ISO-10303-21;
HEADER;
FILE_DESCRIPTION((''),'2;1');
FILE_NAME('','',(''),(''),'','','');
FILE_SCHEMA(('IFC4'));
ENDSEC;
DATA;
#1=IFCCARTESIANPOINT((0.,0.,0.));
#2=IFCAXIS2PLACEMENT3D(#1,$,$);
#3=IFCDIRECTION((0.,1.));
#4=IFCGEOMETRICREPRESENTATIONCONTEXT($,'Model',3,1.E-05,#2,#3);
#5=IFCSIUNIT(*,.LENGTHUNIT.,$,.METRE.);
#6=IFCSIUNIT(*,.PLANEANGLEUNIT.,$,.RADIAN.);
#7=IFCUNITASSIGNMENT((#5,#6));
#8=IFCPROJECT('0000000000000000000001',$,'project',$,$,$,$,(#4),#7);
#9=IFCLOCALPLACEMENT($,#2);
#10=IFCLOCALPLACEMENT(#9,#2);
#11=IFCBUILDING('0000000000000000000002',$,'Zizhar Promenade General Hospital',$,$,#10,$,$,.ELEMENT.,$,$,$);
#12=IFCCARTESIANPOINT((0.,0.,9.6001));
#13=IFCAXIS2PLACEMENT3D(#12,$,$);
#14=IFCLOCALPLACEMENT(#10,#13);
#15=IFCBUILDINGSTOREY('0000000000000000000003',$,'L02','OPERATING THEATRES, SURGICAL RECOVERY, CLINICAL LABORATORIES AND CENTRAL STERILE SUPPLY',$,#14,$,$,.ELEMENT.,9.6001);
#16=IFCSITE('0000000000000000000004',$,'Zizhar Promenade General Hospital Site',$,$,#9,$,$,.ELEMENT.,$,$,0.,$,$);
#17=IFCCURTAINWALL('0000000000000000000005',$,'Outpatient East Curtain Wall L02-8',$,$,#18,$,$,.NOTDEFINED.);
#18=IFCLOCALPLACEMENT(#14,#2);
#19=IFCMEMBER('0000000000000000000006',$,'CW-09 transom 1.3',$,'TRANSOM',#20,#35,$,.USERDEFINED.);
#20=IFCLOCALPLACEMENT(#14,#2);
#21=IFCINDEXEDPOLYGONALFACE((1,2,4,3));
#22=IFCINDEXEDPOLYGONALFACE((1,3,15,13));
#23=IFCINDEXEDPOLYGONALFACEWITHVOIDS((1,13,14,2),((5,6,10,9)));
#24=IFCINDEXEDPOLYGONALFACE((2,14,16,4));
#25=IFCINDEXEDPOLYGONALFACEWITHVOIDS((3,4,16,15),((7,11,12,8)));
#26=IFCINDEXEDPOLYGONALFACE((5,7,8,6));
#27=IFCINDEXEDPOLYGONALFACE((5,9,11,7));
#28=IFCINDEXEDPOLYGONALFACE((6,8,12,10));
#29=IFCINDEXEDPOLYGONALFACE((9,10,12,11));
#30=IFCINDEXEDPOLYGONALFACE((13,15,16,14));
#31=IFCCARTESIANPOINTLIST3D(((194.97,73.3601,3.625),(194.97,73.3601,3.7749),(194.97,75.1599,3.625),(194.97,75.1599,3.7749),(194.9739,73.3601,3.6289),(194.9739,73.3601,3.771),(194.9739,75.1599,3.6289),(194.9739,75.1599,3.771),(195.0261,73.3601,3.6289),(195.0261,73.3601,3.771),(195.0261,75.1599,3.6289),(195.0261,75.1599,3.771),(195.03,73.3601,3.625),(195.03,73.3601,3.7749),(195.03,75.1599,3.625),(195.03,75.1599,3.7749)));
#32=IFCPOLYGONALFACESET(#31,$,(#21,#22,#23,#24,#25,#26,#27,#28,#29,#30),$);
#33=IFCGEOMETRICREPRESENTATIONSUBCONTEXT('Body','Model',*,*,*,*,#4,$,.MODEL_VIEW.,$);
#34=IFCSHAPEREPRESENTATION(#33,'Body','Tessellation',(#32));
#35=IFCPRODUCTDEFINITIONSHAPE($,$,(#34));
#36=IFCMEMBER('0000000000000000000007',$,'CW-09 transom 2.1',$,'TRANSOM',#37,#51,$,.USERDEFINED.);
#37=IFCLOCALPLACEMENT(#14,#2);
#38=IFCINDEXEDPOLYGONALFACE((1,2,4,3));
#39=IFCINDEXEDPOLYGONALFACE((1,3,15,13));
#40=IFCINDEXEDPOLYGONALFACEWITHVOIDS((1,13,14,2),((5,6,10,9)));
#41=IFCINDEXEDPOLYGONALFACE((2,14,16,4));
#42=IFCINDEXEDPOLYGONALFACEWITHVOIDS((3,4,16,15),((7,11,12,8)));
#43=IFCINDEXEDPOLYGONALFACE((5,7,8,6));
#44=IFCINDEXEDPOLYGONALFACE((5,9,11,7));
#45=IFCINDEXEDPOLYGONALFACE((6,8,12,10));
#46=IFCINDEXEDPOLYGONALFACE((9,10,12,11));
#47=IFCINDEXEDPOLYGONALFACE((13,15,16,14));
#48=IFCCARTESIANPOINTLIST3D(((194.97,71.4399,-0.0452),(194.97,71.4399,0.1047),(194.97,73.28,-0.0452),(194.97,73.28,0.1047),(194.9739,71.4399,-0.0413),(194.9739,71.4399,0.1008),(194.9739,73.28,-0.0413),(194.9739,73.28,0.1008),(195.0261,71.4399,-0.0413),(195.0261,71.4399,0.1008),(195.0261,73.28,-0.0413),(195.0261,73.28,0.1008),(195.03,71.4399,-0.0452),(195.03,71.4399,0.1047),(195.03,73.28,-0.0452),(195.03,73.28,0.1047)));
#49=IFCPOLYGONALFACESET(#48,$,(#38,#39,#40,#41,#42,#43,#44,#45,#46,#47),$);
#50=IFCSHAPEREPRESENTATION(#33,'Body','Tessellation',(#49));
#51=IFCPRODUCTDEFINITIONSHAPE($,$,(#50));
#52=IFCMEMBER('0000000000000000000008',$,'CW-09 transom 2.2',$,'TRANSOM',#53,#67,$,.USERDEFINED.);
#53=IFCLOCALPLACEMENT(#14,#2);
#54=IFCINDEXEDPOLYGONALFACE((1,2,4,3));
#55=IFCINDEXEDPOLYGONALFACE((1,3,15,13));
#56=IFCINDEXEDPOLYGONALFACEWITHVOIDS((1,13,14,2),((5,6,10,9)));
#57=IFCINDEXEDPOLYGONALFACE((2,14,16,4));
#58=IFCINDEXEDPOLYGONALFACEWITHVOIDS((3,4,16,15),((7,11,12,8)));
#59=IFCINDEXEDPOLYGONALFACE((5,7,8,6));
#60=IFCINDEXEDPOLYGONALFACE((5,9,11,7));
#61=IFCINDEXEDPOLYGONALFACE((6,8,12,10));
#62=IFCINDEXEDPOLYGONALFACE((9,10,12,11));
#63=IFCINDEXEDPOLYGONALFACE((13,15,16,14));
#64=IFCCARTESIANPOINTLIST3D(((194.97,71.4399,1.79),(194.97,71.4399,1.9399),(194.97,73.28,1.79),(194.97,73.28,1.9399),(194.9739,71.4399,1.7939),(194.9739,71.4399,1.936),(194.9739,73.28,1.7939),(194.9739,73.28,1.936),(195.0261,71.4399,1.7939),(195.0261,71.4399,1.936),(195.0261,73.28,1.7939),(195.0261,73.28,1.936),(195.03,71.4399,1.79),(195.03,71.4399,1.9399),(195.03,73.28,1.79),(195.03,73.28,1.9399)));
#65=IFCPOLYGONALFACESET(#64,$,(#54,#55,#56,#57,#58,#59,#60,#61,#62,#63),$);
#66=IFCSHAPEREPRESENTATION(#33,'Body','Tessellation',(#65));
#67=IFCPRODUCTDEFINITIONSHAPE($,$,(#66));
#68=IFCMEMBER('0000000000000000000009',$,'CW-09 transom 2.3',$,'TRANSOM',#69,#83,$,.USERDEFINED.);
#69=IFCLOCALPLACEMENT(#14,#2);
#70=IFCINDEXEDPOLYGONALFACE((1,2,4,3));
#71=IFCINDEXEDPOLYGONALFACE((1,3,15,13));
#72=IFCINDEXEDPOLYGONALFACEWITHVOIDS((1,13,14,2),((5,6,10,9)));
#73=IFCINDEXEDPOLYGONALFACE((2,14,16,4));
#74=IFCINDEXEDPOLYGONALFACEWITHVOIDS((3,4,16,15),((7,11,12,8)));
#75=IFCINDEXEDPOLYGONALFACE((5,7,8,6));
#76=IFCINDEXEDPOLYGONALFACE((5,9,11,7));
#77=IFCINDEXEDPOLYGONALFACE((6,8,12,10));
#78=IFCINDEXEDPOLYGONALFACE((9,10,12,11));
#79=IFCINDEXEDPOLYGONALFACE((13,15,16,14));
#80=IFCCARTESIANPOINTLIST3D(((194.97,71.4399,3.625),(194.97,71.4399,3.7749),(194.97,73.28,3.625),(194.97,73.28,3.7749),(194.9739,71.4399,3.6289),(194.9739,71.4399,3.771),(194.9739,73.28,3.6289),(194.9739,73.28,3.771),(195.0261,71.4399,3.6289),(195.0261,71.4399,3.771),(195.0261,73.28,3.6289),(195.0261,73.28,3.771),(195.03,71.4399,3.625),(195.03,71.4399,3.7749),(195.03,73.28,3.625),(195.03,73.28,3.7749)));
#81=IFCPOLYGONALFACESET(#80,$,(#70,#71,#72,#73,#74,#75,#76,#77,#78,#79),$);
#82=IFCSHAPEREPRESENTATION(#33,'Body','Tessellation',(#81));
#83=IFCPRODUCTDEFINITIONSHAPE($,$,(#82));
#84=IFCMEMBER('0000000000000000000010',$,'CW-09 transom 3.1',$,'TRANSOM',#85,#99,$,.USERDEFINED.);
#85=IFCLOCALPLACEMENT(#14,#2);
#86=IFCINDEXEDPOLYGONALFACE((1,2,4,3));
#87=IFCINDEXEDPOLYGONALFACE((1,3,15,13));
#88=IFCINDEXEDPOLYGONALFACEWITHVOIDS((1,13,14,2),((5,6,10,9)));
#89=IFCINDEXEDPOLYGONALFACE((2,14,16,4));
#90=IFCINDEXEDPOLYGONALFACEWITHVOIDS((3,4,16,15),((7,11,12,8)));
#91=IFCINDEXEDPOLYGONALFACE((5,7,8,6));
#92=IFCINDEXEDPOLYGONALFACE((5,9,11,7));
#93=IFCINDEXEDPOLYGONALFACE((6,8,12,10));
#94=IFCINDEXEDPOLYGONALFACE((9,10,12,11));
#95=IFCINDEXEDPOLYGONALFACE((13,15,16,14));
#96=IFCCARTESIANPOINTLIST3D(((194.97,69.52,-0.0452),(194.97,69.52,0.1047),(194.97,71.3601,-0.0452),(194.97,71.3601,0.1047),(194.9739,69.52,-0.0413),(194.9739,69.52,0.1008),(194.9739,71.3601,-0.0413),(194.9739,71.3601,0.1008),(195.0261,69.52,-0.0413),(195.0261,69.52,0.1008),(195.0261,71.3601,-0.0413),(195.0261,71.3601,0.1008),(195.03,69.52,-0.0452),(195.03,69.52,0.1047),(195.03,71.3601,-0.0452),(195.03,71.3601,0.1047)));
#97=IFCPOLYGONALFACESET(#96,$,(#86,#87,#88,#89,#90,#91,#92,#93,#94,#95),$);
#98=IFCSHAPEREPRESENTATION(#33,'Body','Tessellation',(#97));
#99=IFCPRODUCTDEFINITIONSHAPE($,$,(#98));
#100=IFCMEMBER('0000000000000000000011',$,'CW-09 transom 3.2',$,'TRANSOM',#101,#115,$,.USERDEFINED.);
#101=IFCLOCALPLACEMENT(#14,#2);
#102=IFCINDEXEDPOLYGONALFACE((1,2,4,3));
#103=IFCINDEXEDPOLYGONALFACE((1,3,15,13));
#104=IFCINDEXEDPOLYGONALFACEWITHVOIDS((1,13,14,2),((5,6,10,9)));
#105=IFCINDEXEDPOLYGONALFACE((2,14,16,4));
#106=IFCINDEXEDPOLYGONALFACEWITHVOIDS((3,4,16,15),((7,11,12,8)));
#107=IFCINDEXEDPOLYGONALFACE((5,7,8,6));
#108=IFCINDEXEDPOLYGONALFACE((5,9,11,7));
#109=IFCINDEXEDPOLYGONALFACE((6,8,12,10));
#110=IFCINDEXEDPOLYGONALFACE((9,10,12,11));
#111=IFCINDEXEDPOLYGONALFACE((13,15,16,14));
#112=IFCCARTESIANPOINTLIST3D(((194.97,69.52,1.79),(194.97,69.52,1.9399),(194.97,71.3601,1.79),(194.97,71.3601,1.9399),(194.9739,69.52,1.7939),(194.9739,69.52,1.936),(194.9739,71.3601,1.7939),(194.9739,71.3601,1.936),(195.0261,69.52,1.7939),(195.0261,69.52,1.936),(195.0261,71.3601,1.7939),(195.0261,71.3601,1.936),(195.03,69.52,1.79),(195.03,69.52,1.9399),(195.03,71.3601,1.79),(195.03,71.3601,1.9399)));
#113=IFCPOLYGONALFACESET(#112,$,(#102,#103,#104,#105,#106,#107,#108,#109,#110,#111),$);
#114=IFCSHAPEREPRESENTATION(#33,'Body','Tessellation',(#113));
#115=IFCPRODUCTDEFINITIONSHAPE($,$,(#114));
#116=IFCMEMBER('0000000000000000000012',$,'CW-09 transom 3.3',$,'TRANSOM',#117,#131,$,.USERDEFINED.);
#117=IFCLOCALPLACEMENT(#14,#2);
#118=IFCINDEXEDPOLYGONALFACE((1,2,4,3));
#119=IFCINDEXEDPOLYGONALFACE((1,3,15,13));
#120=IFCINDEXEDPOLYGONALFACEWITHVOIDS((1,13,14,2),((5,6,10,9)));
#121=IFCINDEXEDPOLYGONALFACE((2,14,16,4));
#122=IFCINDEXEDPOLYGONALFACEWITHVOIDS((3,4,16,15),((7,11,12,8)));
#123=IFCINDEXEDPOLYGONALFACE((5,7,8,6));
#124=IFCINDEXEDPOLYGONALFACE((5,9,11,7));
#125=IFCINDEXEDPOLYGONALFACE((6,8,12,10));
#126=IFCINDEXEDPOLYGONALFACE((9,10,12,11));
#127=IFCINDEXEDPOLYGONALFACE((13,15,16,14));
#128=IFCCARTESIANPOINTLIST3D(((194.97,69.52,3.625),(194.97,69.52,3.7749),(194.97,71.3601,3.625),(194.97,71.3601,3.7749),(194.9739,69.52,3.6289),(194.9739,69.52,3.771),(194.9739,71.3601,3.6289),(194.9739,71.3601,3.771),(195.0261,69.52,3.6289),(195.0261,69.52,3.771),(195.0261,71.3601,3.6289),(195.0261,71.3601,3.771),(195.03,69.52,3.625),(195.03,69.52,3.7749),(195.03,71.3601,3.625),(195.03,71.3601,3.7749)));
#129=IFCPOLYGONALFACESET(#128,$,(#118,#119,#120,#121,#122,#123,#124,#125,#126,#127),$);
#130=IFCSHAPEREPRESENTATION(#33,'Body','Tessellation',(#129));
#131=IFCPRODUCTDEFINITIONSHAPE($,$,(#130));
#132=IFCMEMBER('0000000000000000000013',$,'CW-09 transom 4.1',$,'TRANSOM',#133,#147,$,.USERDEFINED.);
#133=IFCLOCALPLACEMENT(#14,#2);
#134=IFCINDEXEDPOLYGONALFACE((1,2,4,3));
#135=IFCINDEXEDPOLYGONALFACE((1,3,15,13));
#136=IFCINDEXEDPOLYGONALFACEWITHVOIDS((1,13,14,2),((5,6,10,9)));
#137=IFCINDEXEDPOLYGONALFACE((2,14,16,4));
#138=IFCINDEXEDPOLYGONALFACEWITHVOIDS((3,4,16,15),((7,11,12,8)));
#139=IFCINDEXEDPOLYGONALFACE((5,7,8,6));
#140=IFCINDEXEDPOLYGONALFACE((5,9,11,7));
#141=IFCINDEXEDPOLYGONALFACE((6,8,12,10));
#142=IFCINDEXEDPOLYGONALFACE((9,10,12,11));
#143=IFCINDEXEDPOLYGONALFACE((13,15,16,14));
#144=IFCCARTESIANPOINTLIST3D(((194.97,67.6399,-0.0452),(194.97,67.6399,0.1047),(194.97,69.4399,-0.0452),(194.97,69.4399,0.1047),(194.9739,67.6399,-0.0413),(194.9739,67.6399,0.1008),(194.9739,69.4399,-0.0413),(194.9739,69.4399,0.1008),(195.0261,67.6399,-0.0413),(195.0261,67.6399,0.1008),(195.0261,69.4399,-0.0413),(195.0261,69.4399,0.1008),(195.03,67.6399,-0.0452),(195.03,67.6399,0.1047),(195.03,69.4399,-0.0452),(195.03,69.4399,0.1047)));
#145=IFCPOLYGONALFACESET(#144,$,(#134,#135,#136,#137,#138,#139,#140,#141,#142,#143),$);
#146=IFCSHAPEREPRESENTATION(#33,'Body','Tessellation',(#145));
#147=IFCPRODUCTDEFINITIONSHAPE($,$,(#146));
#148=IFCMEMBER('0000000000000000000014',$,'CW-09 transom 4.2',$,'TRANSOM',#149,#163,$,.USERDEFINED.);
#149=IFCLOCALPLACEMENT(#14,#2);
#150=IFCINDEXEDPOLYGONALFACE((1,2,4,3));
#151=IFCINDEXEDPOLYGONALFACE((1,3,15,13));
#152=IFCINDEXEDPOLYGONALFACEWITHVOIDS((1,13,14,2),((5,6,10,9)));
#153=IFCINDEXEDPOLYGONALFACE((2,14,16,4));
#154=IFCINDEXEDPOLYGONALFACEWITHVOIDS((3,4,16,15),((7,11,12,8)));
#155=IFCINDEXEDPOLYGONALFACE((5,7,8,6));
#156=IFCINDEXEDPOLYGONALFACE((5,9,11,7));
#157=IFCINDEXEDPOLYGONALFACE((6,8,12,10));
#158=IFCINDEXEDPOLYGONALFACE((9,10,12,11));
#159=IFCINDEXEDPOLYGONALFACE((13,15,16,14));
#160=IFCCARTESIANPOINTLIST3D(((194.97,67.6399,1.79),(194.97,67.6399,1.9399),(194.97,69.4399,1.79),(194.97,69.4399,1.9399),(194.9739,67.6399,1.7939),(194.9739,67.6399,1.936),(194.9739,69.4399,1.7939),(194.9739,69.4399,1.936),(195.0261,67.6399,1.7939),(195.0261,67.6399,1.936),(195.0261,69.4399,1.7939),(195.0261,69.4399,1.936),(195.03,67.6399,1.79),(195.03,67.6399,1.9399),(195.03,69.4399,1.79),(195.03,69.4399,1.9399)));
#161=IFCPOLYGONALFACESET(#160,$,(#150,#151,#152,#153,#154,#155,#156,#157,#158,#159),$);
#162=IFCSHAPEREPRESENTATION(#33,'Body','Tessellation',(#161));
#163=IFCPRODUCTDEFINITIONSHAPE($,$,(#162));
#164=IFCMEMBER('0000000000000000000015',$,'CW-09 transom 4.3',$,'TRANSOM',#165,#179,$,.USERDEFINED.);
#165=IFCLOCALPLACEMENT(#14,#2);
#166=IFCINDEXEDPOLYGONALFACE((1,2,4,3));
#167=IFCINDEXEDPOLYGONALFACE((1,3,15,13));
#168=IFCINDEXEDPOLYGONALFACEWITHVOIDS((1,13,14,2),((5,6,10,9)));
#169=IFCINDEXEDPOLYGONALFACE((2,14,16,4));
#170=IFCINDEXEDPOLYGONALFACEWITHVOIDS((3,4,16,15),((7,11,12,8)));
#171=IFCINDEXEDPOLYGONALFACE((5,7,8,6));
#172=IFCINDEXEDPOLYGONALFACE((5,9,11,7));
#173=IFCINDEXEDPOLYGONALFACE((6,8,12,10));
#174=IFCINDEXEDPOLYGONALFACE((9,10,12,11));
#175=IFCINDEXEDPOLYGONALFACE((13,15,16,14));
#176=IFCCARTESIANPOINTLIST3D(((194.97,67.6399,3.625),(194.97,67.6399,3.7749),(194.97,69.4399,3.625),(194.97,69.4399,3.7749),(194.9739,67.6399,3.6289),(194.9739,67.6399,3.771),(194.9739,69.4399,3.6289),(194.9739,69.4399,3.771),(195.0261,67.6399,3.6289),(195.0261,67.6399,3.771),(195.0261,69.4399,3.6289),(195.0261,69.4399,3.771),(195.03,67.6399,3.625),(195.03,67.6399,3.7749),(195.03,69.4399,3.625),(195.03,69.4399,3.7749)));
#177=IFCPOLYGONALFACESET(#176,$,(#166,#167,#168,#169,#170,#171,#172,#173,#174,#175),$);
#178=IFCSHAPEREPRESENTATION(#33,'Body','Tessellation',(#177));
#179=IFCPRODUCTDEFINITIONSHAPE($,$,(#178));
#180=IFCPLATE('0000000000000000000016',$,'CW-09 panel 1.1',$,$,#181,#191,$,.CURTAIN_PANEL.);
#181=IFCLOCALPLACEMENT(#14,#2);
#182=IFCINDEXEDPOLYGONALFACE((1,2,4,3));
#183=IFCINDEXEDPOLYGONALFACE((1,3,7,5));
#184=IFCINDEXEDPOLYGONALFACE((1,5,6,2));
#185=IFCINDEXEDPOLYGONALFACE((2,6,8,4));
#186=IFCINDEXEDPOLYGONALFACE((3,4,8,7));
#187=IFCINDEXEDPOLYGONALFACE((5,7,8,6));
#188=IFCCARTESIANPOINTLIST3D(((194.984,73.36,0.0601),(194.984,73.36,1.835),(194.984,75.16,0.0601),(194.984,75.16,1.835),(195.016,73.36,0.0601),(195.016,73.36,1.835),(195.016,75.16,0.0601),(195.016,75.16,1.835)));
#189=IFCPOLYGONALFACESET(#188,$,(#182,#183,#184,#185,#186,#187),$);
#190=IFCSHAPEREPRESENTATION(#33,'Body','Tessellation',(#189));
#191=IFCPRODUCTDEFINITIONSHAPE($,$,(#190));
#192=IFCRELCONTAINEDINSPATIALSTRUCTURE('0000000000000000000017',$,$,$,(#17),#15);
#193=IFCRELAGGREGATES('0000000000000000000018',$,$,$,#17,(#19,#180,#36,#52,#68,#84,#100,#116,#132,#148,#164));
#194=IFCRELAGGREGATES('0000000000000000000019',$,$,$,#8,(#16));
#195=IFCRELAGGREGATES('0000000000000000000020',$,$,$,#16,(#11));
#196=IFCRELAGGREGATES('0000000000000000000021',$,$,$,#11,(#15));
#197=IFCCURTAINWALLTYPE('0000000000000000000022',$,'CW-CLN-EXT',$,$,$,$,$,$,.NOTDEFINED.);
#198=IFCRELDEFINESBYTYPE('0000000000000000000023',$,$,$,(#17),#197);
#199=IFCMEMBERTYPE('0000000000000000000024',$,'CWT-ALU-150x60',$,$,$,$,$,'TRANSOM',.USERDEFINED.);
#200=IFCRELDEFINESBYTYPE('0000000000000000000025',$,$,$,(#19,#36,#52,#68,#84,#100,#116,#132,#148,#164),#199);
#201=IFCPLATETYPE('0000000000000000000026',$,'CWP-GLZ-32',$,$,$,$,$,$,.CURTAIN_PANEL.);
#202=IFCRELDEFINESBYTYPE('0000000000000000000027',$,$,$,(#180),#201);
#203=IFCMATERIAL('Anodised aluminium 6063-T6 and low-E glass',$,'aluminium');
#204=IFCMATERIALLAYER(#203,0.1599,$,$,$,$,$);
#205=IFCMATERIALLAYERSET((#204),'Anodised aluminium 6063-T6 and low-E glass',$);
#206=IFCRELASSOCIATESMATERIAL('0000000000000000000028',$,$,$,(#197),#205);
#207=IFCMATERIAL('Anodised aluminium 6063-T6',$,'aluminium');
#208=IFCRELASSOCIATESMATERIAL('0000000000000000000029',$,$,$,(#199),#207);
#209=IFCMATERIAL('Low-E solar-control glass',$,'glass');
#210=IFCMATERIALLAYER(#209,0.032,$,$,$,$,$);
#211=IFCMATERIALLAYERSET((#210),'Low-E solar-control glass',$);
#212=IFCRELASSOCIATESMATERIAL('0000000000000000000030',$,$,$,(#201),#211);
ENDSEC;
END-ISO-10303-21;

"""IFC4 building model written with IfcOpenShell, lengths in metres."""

from ifc_helpers import new_model, si_unit, direction, frame, origin, origin_2d, place, context, subcontext, project, spatial, rectangle, hollow_rectangle, extrude, material, layer, layer_set, material_profile, profile_set, type_object, element, aggregate, save


model = new_model("IFC4")

# Units and contexts
model_context = context("Model", 3, precision=1e-05, world=origin(), true_north=direction((0.0, 1.0)))
body_context = subcontext(model_context, "Body", "Model", "MODEL_VIEW")
ifc_project = project(units=[si_unit("LENGTHUNIT", "METRE"), si_unit("PLANEANGLEUNIT", "RADIAN")], contexts=[model_context])

# Site, building, storey
site_placement = place(None, origin())
site = spatial("IfcSite", under=ifc_project, at=site_placement, Name="Zizhar Promenade General Hospital Site", CompositionType="ELEMENT", RefElevation=0.0)
building_placement = place(site_placement, origin())
building = spatial("IfcBuilding", under=site, at=building_placement, Name="Zizhar Promenade General Hospital", CompositionType="ELEMENT")
storey_placement = place(building_placement, frame((0.0, 0.0, 9.6001)))
storey = spatial("IfcBuildingStorey", under=building, at=storey_placement, Name="L02", Description="OPERATING THEATRES, SURGICAL RECOVERY, CLINICAL LABORATORIES AND CENTRAL STERILE SUPPLY", CompositionType="ELEMENT", Elevation=9.6001)

# Curtain wall, members, plate
ifc_material_1 = material(Name="Anodised aluminium 6063-T6 and low-E glass", Category="aluminium")
ifc_layer_1 = layer(ifc_material_1, 0.1599)
ifc_layer_set_1 = layer_set([ifc_layer_1], Name="Anodised aluminium 6063-T6 and low-E glass")
curtain_wall_type = type_object("IfcCurtainWallType", Name="CW-CLN-EXT", PredefinedType="NOTDEFINED", material=ifc_layer_set_1)
curtain_wall_placement = place(storey_placement, origin())
curtain_wall = element("IfcCurtainWall", 1, at=curtain_wall_placement, inside=storey, type_object=curtain_wall_type, Name="Outpatient East Curtain Wall L02-8", PredefinedType="NOTDEFINED")
ifc_material_2 = material(Name="Anodised aluminium 6063-T6", Category="aluminium")
ifc_material_profile_1 = material_profile(ifc_material_2, hollow_rectangle(XDim=0.0601, YDim=0.1499, WallThickness=0.0039, at=origin_2d()))
ifc_profile_set_1 = profile_set([ifc_material_profile_1], Name="Anodised aluminium 6063-T6")
member_type_1 = type_object("IfcMemberType", Name="CWT-ALU-150x60", ElementType="TRANSOM", PredefinedType="USERDEFINED", material=ifc_profile_set_1)
member_1_placement = place(storey_placement, frame((195.0, 75.1599, 3.7), z_axis=(0.0, -1.0, 0.0), x_axis=(1.0, 0.0, 0.0)))
member_1 = element("IfcMember", 2, at=member_1_placement, type_object=member_type_1, Name="CW-09 transom 1.3", ObjectType="TRANSOM", PredefinedType="USERDEFINED", context=body_context, shape_type="SweptSolid", body=[
    extrude(hollow_rectangle(XDim=0.0601, YDim=0.1499, WallThickness=0.0039, at=origin_2d()), origin(), (0.0, 0.0, 1.0), 1.7998),
])
member_2_placement = place(storey_placement, frame((195.0, 73.28, 0.0298), z_axis=(0.0, -1.0, 0.0), x_axis=(1.0, 0.0, 0.0)))
member_2 = element("IfcMember", 3, at=member_2_placement, type_object=member_type_1, Name="CW-09 transom 2.1", ObjectType="TRANSOM", PredefinedType="USERDEFINED", context=body_context, shape_type="SweptSolid", body=[
    extrude(hollow_rectangle(XDim=0.0601, YDim=0.1499, WallThickness=0.0039, at=origin_2d()), origin(), (0.0, 0.0, 1.0), 1.8401),
])
member_3_placement = place(storey_placement, frame((195.0, 73.28, 1.865), z_axis=(0.0, -1.0, 0.0), x_axis=(1.0, 0.0, 0.0)))
member_3 = element("IfcMember", 4, at=member_3_placement, type_object=member_type_1, Name="CW-09 transom 2.2", ObjectType="TRANSOM", PredefinedType="USERDEFINED", context=body_context, shape_type="SweptSolid", body=[
    extrude(hollow_rectangle(XDim=0.0601, YDim=0.1499, WallThickness=0.0039, at=origin_2d()), origin(), (0.0, 0.0, 1.0), 1.8401),
])
member_4_placement = place(storey_placement, frame((195.0, 73.28, 3.7), z_axis=(0.0, -1.0, 0.0), x_axis=(1.0, 0.0, 0.0)))
member_4 = element("IfcMember", 5, at=member_4_placement, type_object=member_type_1, Name="CW-09 transom 2.3", ObjectType="TRANSOM", PredefinedType="USERDEFINED", context=body_context, shape_type="SweptSolid", body=[
    extrude(hollow_rectangle(XDim=0.0601, YDim=0.1499, WallThickness=0.0039, at=origin_2d()), origin(), (0.0, 0.0, 1.0), 1.8401),
])
member_5_placement = place(storey_placement, frame((195.0, 71.3601, 0.0298), z_axis=(0.0, -1.0, 0.0), x_axis=(1.0, 0.0, 0.0)))
member_5 = element("IfcMember", 6, at=member_5_placement, type_object=member_type_1, Name="CW-09 transom 3.1", ObjectType="TRANSOM", PredefinedType="USERDEFINED", context=body_context, shape_type="SweptSolid", body=[
    extrude(hollow_rectangle(XDim=0.0601, YDim=0.1499, WallThickness=0.0039, at=origin_2d()), origin(), (0.0, 0.0, 1.0), 1.8401),
])
member_6_placement = place(storey_placement, frame((195.0, 71.3601, 1.865), z_axis=(0.0, -1.0, 0.0), x_axis=(1.0, 0.0, 0.0)))
member_6 = element("IfcMember", 7, at=member_6_placement, type_object=member_type_1, Name="CW-09 transom 3.2", ObjectType="TRANSOM", PredefinedType="USERDEFINED", context=body_context, shape_type="SweptSolid", body=[
    extrude(hollow_rectangle(XDim=0.0601, YDim=0.1499, WallThickness=0.0039, at=origin_2d()), origin(), (0.0, 0.0, 1.0), 1.8401),
])
member_7_placement = place(storey_placement, frame((195.0, 71.3601, 3.7), z_axis=(0.0, -1.0, 0.0), x_axis=(1.0, 0.0, 0.0)))
member_7 = element("IfcMember", 8, at=member_7_placement, type_object=member_type_1, Name="CW-09 transom 3.3", ObjectType="TRANSOM", PredefinedType="USERDEFINED", context=body_context, shape_type="SweptSolid", body=[
    extrude(hollow_rectangle(XDim=0.0601, YDim=0.1499, WallThickness=0.0039, at=origin_2d()), origin(), (0.0, 0.0, 1.0), 1.8401),
])
member_8_placement = place(storey_placement, frame((195.0, 69.4399, 0.0298), z_axis=(0.0, -1.0, 0.0), x_axis=(1.0, 0.0, 0.0)))
member_8 = element("IfcMember", 9, at=member_8_placement, type_object=member_type_1, Name="CW-09 transom 4.1", ObjectType="TRANSOM", PredefinedType="USERDEFINED", context=body_context, shape_type="SweptSolid", body=[
    extrude(hollow_rectangle(XDim=0.0601, YDim=0.1499, WallThickness=0.0039, at=origin_2d()), origin(), (0.0, 0.0, 1.0), 1.8),
])
member_9_placement = place(storey_placement, frame((195.0, 69.4399, 1.865), z_axis=(0.0, -1.0, 0.0), x_axis=(1.0, 0.0, 0.0)))
member_9 = element("IfcMember", 10, at=member_9_placement, type_object=member_type_1, Name="CW-09 transom 4.2", ObjectType="TRANSOM", PredefinedType="USERDEFINED", context=body_context, shape_type="SweptSolid", body=[
    extrude(hollow_rectangle(XDim=0.0601, YDim=0.1499, WallThickness=0.0039, at=origin_2d()), origin(), (0.0, 0.0, 1.0), 1.8),
])
member_10_placement = place(storey_placement, frame((195.0, 69.4399, 3.7), z_axis=(0.0, -1.0, 0.0), x_axis=(1.0, 0.0, 0.0)))
member_10 = element("IfcMember", 11, at=member_10_placement, type_object=member_type_1, Name="CW-09 transom 4.3", ObjectType="TRANSOM", PredefinedType="USERDEFINED", context=body_context, shape_type="SweptSolid", body=[
    extrude(hollow_rectangle(XDim=0.0601, YDim=0.1499, WallThickness=0.0039, at=origin_2d()), origin(), (0.0, 0.0, 1.0), 1.8),
])
ifc_material_3 = material(Name="Low-E solar-control glass", Category="glass")
ifc_layer_2 = layer(ifc_material_3, 0.032)
ifc_layer_set_2 = layer_set([ifc_layer_2], Name="Low-E solar-control glass")
plate_type = type_object("IfcPlateType", Name="CWP-GLZ-32", PredefinedType="CURTAIN_PANEL", material=ifc_layer_set_2)
plate_1_placement = place(storey_placement, frame((195.0, 74.26, 0.0601), z_axis=(0.0, 0.0, 1.0), x_axis=(0.0, -1.0, 0.0)))
plate_1 = element("IfcPlate", 12, at=plate_1_placement, type_object=plate_type, Name="CW-09 panel 1.1", PredefinedType="CURTAIN_PANEL", context=body_context, shape_type="SweptSolid", body=[
    extrude(rectangle(XDim=1.8, YDim=0.032, at=origin_2d()), origin(), (0.0, 0.0, 1.0), 1.7749),
])
aggregate(curtain_wall, [member_1, plate_1, member_2, member_3, member_4, member_5, member_6, member_7, member_8, member_9, member_10])

save(model, "model.ifc")
